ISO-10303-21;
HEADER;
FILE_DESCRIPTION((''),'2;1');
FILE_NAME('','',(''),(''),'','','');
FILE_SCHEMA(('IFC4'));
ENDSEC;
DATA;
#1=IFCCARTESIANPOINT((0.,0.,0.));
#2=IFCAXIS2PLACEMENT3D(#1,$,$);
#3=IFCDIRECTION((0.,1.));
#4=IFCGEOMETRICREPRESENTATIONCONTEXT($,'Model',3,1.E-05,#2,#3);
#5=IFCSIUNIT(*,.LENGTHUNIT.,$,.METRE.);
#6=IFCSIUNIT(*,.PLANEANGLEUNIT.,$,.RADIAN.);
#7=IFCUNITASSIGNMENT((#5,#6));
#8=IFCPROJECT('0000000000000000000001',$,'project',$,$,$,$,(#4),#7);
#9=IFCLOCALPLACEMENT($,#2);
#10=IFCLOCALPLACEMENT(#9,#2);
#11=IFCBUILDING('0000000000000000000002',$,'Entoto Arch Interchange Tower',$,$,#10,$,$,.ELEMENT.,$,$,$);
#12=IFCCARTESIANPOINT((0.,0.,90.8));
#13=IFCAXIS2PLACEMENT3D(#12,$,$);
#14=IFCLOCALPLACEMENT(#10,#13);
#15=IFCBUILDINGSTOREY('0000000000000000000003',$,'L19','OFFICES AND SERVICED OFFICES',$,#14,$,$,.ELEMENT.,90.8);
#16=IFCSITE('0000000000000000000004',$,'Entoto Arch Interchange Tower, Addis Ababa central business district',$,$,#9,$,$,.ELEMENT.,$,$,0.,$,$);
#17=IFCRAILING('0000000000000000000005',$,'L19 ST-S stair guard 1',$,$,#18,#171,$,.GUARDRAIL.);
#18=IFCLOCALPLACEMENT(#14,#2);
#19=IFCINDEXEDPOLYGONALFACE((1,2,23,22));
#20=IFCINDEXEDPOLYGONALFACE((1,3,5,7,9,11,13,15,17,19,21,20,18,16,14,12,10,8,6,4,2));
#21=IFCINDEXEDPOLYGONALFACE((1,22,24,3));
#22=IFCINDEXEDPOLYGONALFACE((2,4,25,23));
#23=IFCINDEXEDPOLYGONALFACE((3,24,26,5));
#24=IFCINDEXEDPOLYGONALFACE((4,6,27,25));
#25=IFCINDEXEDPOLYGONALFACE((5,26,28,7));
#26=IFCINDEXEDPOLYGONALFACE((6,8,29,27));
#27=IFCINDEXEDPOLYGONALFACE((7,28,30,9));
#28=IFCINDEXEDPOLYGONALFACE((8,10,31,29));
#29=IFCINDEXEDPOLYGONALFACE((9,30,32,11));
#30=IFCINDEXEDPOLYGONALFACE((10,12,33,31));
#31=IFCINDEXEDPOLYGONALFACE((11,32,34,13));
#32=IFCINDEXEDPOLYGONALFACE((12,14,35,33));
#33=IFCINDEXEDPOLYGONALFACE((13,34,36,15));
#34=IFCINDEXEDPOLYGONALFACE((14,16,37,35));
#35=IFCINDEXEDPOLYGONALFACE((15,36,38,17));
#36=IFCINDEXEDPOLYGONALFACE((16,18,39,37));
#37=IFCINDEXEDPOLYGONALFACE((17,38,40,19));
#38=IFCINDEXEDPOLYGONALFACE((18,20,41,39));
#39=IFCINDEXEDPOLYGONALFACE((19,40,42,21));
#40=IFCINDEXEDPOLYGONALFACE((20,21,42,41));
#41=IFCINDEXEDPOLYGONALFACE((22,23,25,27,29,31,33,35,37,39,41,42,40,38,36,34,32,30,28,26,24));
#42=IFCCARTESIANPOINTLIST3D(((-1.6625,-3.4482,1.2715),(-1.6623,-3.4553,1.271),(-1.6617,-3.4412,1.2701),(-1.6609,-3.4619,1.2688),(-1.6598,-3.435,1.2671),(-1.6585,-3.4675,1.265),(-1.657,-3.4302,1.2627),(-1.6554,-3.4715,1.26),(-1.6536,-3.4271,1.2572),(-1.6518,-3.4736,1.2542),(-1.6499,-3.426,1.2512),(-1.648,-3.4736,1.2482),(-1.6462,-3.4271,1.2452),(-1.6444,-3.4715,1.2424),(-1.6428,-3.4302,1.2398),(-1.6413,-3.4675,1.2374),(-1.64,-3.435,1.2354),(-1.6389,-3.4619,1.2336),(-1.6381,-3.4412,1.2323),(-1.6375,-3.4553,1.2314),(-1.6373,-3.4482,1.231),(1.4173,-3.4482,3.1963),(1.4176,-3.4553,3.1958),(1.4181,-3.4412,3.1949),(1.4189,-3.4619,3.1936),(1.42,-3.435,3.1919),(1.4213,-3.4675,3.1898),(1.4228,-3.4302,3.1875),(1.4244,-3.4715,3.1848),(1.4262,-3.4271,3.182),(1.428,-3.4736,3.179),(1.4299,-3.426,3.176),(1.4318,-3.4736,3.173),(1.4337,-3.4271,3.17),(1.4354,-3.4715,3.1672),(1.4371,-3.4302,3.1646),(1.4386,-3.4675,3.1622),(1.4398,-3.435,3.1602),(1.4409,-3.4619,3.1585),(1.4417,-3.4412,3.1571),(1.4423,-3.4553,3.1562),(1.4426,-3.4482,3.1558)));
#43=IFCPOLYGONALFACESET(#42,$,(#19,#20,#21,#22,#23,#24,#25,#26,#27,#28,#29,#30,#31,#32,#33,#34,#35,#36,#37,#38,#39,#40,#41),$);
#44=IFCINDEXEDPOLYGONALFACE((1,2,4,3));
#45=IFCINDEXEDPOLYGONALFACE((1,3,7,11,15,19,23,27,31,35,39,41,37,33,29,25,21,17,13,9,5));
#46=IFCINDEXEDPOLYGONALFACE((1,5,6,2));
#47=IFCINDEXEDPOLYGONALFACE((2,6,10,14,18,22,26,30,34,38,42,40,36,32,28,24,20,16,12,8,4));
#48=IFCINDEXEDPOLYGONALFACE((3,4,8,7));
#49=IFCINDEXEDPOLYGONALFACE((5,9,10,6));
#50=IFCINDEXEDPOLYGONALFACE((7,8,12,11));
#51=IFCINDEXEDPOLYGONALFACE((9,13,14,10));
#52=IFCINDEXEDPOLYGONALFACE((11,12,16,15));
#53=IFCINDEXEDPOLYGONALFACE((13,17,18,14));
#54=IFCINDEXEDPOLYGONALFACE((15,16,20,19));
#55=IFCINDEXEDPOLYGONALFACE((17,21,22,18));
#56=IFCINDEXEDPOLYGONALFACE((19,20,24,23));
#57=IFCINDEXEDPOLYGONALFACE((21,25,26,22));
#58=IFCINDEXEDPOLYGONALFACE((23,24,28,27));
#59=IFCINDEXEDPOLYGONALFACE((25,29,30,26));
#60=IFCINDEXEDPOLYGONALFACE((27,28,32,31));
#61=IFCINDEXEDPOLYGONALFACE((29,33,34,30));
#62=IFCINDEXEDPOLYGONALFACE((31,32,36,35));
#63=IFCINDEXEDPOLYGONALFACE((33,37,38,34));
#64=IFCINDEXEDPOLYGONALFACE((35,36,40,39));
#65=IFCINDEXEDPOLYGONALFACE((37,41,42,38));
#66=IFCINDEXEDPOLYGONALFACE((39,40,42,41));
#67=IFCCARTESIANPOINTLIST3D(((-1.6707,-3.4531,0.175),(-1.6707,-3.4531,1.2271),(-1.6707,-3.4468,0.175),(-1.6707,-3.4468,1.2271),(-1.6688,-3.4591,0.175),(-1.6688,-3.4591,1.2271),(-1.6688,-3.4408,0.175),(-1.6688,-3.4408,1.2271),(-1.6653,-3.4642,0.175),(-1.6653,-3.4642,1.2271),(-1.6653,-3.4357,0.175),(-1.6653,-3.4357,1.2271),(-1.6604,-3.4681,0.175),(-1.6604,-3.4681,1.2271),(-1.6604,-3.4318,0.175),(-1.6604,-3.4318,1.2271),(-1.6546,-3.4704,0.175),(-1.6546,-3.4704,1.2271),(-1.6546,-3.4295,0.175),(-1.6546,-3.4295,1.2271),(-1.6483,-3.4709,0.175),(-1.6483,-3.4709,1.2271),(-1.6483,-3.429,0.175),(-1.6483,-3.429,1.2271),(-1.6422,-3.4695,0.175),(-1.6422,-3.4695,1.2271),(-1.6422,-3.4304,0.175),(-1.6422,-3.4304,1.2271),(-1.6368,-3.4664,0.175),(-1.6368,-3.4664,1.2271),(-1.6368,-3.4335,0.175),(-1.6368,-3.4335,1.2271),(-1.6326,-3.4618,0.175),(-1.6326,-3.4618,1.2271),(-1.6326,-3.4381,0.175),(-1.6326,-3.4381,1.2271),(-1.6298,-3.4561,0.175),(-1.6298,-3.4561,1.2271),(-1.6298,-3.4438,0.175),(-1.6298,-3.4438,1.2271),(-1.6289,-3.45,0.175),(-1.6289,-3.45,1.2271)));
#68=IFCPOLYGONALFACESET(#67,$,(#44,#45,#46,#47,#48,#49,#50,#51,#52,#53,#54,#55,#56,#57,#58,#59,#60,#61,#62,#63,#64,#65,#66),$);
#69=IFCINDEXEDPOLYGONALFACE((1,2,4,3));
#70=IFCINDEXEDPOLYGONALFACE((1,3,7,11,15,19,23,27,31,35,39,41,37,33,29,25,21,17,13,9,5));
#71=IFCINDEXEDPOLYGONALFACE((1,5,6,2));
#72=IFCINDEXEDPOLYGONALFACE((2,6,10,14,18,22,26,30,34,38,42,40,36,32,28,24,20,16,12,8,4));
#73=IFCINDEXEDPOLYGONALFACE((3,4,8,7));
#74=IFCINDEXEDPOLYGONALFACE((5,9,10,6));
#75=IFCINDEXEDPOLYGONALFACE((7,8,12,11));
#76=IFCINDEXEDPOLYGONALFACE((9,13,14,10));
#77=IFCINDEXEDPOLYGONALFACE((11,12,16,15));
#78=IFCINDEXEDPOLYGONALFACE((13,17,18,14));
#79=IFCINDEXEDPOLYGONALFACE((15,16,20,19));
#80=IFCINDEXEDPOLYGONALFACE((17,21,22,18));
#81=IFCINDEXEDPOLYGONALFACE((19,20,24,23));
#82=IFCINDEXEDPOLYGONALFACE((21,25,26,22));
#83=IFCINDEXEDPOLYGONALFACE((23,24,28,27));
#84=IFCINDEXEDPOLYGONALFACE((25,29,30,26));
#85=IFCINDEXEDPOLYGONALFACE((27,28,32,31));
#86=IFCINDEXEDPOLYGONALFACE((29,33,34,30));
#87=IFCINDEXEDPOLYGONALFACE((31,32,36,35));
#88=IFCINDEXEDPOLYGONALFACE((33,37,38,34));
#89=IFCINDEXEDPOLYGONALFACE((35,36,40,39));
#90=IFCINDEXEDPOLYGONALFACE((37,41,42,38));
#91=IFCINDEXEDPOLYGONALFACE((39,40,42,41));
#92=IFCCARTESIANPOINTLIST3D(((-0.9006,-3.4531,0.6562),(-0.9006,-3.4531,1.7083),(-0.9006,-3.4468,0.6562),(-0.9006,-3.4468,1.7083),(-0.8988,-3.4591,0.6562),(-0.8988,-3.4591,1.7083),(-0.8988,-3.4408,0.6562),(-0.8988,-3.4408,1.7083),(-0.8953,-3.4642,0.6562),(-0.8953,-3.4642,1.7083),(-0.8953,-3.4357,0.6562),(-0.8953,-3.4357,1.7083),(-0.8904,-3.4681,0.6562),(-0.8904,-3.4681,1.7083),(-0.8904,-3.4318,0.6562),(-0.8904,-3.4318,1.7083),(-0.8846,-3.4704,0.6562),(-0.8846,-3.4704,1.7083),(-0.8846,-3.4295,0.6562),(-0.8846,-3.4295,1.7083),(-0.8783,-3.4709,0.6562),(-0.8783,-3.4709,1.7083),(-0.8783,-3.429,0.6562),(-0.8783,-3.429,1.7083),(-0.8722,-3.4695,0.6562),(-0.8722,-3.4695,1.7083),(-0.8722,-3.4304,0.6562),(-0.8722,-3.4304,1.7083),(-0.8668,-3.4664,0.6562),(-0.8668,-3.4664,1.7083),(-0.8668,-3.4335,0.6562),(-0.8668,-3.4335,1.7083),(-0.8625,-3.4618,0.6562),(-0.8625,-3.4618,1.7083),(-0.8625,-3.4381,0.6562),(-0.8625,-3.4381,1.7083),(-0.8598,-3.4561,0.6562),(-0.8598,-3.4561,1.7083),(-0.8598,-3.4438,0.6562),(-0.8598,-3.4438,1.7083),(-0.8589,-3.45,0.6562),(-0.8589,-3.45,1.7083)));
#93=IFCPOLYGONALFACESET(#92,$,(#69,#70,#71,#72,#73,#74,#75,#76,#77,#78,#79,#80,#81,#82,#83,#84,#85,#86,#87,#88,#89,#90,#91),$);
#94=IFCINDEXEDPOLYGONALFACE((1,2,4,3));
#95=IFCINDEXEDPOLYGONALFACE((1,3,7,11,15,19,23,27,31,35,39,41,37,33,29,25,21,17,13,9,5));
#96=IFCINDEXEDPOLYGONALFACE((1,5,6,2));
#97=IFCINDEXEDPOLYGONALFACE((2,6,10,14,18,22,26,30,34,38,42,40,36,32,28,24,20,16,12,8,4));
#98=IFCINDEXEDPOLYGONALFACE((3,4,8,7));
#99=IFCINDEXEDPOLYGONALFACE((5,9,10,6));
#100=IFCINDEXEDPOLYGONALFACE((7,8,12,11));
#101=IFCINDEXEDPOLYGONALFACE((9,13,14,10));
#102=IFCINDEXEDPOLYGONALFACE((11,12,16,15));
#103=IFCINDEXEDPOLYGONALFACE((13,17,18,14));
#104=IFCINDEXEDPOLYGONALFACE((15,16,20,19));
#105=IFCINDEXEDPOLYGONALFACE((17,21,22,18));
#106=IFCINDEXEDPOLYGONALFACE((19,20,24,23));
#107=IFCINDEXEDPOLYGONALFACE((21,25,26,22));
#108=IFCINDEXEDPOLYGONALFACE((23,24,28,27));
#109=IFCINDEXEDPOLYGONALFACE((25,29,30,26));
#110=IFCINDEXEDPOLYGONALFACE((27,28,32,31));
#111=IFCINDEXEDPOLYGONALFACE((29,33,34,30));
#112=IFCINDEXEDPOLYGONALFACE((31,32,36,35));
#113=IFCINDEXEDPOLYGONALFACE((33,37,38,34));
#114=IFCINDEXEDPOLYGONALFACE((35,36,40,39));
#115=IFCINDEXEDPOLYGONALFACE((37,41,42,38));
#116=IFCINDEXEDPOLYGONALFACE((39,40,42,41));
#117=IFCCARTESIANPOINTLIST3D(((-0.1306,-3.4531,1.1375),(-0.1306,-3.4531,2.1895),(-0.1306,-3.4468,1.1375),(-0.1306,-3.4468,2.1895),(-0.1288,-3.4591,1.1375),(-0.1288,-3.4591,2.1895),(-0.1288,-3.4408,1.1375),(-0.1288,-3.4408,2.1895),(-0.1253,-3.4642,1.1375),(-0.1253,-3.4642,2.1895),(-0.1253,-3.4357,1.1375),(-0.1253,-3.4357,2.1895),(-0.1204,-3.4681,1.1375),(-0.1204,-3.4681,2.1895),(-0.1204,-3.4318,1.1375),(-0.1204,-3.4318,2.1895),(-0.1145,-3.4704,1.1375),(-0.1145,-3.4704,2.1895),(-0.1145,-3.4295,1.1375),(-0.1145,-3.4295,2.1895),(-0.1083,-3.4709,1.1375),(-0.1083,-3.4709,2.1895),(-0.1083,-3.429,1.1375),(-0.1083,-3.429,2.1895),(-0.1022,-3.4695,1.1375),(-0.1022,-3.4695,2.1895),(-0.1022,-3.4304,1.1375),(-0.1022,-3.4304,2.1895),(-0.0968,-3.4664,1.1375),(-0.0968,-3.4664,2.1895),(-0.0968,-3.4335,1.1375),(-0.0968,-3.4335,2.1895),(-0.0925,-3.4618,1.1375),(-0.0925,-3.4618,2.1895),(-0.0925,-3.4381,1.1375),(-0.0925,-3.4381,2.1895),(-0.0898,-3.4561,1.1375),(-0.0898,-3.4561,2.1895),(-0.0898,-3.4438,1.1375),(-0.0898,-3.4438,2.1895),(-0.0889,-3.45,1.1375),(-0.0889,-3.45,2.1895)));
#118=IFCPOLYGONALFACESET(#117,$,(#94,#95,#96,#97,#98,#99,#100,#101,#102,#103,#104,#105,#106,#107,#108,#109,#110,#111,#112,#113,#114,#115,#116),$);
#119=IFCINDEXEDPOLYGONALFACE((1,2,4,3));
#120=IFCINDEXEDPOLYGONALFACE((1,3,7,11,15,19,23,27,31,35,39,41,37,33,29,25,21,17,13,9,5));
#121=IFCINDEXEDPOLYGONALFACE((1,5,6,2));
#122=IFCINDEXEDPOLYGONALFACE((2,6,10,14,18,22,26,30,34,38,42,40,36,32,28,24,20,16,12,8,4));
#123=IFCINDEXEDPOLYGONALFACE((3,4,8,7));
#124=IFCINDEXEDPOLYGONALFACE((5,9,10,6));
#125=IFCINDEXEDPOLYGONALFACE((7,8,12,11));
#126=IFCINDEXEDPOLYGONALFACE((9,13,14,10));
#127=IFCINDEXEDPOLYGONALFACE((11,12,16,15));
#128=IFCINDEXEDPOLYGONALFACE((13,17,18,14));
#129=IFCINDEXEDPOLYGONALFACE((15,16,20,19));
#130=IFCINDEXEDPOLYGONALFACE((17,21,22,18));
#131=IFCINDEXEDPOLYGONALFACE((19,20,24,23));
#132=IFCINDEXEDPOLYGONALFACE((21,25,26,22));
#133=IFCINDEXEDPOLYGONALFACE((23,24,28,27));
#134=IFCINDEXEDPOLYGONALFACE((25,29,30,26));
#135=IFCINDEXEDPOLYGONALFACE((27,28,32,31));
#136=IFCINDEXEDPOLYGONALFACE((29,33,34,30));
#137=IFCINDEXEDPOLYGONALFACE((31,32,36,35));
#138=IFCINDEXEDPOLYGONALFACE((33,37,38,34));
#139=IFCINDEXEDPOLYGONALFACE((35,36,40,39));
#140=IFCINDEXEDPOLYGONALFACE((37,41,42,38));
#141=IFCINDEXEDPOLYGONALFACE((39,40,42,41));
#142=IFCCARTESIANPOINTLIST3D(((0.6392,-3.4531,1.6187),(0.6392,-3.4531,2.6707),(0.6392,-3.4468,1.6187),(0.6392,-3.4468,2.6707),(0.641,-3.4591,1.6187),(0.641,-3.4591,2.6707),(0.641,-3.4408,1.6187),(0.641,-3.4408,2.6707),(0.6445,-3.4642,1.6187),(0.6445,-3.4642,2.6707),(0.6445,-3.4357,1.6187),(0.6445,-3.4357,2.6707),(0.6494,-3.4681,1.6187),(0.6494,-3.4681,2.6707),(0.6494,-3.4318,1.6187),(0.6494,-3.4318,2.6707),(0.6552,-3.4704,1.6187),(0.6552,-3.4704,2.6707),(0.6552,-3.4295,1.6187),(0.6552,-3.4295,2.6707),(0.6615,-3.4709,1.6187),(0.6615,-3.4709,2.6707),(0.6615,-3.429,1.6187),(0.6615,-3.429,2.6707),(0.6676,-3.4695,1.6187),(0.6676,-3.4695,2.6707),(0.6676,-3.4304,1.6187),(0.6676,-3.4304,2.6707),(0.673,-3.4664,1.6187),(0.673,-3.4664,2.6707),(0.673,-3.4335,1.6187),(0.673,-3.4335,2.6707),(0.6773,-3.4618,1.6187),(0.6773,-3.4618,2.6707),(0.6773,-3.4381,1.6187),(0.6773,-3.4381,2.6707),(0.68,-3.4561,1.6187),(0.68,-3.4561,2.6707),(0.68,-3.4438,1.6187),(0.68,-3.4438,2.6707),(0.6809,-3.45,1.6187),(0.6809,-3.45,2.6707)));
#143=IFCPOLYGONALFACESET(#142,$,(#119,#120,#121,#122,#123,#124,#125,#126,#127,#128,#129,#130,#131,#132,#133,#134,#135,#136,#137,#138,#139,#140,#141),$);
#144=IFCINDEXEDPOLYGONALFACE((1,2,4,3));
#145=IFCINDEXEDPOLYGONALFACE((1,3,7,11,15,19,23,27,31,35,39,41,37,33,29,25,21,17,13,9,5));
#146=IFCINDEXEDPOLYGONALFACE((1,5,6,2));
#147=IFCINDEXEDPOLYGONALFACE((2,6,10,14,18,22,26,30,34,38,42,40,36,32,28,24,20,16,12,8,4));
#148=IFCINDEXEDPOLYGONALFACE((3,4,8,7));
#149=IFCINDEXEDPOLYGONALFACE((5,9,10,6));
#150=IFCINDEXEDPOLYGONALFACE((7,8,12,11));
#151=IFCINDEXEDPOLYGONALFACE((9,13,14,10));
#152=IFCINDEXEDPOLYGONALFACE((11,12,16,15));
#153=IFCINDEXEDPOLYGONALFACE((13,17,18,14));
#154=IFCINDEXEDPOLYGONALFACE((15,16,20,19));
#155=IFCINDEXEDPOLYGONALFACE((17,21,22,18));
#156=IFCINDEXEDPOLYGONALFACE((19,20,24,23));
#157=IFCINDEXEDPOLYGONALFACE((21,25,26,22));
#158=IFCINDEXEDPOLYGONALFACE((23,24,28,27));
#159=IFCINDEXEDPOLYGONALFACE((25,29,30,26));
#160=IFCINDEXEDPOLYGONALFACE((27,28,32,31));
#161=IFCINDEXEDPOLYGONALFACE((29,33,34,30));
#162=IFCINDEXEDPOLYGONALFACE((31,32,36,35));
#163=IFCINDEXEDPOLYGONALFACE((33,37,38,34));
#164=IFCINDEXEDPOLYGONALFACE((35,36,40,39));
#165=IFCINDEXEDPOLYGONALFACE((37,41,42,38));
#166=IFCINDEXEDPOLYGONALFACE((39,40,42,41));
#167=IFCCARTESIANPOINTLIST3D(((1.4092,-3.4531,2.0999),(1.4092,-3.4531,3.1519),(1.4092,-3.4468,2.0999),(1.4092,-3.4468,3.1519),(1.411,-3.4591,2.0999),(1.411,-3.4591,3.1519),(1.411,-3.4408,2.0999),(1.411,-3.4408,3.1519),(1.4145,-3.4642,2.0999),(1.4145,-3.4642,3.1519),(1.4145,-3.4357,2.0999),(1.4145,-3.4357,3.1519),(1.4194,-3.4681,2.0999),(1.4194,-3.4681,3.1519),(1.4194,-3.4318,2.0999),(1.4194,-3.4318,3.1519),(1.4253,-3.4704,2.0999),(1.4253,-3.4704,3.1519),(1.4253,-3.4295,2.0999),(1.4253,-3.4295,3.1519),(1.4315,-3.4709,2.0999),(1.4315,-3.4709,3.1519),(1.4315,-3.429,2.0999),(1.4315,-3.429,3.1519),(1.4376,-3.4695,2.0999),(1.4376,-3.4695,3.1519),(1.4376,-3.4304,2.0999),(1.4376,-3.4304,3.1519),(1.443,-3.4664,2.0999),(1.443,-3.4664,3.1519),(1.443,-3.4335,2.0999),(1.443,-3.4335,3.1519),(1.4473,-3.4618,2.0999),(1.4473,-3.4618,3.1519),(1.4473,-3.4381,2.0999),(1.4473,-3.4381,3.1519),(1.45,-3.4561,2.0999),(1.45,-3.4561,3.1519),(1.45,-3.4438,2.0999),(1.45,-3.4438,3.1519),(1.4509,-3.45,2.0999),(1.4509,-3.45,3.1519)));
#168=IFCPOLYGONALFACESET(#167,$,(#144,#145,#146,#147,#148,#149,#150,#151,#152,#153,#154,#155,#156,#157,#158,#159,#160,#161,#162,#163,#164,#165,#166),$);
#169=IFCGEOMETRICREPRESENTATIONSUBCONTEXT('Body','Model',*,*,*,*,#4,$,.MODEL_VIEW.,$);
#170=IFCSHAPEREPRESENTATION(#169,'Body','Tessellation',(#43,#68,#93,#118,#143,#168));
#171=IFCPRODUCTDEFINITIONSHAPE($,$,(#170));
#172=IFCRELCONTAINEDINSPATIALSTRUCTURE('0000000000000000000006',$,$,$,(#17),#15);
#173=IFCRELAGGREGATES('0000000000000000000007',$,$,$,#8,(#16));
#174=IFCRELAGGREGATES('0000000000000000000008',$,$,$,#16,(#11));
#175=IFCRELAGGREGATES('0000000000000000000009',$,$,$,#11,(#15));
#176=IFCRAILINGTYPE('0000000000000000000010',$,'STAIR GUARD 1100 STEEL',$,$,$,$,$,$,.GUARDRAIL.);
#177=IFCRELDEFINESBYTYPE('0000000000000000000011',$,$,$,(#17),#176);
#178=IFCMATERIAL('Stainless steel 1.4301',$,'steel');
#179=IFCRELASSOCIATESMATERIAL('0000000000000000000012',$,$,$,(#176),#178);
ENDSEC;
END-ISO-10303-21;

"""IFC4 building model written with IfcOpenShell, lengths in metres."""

from ifc_helpers import new_model, si_unit, direction, frame, origin, origin_2d, place, context, subcontext, project, spatial, circle, extrude, material, type_object, element, save


model = new_model("IFC4")

# Units and contexts
model_context = context("Model", 3, precision=1e-05, world=origin(), true_north=direction((0.0, 1.0)))
body_context = subcontext(model_context, "Body", "Model", "MODEL_VIEW")
ifc_project = project(units=[si_unit("LENGTHUNIT", "METRE"), si_unit("PLANEANGLEUNIT", "RADIAN")], contexts=[model_context])

# Site, building, storey
site_placement = place(None, origin())
site = spatial("IfcSite", under=ifc_project, at=site_placement, Name="Entoto Arch Interchange Tower, Addis Ababa central business district", CompositionType="ELEMENT", RefElevation=0.0)
building_placement = place(site_placement, origin())
building = spatial("IfcBuilding", under=site, at=building_placement, Name="Entoto Arch Interchange Tower", CompositionType="ELEMENT")
storey_placement = place(building_placement, frame((0.0, 0.0, 90.8)))
storey = spatial("IfcBuildingStorey", under=building, at=storey_placement, Name="L19", Description="OFFICES AND SERVICED OFFICES", CompositionType="ELEMENT", Elevation=90.8)

# Railing
ifc_material_1 = material(Name="Stainless steel 1.4301", Category="steel")
railing_type_1 = type_object("IfcRailingType", Name="STAIR GUARD 1100 STEEL", PredefinedType="GUARDRAIL", material=ifc_material_1)
railing_1_placement = place(storey_placement, frame((-1.6499, -3.45, 0.175)))
element("IfcRailing", 1, at=railing_1_placement, inside=storey, type_object=railing_type_1, Name="L19 ST-S stair guard 1", PredefinedType="GUARDRAIL", context=body_context, shape_type="SweptSolid", body=[
    extrude(circle(Radius=0.0239, at=origin_2d()), frame((0.0, 0.0, 1.0762), z_axis=(0.84801, 0.0, 0.529981), x_axis=(0.0, 1.0, 0.0)), (0.0, 0.0, 1.0), 3.6318),
    extrude(circle(Radius=0.021, at=origin_2d()), origin(), (0.0, 0.0, 1.0), 1.052),
    extrude(circle(Radius=0.021, at=origin_2d()), frame((0.77, 0.0, 0.4812)), (0.0, 0.0, 1.0), 1.052),
    extrude(circle(Radius=0.021, at=origin_2d()), frame((1.54, 0.0, 0.9624)), (0.0, 0.0, 1.0), 1.052),
    extrude(circle(Radius=0.021, at=origin_2d()), frame((2.3098, 0.0, 1.4436)), (0.0, 0.0, 1.0), 1.052),
    extrude(circle(Radius=0.021, at=origin_2d()), frame((3.0798, 0.0, 1.9248)), (0.0, 0.0, 1.0), 1.052),
])

save(model, "model.ifc")
